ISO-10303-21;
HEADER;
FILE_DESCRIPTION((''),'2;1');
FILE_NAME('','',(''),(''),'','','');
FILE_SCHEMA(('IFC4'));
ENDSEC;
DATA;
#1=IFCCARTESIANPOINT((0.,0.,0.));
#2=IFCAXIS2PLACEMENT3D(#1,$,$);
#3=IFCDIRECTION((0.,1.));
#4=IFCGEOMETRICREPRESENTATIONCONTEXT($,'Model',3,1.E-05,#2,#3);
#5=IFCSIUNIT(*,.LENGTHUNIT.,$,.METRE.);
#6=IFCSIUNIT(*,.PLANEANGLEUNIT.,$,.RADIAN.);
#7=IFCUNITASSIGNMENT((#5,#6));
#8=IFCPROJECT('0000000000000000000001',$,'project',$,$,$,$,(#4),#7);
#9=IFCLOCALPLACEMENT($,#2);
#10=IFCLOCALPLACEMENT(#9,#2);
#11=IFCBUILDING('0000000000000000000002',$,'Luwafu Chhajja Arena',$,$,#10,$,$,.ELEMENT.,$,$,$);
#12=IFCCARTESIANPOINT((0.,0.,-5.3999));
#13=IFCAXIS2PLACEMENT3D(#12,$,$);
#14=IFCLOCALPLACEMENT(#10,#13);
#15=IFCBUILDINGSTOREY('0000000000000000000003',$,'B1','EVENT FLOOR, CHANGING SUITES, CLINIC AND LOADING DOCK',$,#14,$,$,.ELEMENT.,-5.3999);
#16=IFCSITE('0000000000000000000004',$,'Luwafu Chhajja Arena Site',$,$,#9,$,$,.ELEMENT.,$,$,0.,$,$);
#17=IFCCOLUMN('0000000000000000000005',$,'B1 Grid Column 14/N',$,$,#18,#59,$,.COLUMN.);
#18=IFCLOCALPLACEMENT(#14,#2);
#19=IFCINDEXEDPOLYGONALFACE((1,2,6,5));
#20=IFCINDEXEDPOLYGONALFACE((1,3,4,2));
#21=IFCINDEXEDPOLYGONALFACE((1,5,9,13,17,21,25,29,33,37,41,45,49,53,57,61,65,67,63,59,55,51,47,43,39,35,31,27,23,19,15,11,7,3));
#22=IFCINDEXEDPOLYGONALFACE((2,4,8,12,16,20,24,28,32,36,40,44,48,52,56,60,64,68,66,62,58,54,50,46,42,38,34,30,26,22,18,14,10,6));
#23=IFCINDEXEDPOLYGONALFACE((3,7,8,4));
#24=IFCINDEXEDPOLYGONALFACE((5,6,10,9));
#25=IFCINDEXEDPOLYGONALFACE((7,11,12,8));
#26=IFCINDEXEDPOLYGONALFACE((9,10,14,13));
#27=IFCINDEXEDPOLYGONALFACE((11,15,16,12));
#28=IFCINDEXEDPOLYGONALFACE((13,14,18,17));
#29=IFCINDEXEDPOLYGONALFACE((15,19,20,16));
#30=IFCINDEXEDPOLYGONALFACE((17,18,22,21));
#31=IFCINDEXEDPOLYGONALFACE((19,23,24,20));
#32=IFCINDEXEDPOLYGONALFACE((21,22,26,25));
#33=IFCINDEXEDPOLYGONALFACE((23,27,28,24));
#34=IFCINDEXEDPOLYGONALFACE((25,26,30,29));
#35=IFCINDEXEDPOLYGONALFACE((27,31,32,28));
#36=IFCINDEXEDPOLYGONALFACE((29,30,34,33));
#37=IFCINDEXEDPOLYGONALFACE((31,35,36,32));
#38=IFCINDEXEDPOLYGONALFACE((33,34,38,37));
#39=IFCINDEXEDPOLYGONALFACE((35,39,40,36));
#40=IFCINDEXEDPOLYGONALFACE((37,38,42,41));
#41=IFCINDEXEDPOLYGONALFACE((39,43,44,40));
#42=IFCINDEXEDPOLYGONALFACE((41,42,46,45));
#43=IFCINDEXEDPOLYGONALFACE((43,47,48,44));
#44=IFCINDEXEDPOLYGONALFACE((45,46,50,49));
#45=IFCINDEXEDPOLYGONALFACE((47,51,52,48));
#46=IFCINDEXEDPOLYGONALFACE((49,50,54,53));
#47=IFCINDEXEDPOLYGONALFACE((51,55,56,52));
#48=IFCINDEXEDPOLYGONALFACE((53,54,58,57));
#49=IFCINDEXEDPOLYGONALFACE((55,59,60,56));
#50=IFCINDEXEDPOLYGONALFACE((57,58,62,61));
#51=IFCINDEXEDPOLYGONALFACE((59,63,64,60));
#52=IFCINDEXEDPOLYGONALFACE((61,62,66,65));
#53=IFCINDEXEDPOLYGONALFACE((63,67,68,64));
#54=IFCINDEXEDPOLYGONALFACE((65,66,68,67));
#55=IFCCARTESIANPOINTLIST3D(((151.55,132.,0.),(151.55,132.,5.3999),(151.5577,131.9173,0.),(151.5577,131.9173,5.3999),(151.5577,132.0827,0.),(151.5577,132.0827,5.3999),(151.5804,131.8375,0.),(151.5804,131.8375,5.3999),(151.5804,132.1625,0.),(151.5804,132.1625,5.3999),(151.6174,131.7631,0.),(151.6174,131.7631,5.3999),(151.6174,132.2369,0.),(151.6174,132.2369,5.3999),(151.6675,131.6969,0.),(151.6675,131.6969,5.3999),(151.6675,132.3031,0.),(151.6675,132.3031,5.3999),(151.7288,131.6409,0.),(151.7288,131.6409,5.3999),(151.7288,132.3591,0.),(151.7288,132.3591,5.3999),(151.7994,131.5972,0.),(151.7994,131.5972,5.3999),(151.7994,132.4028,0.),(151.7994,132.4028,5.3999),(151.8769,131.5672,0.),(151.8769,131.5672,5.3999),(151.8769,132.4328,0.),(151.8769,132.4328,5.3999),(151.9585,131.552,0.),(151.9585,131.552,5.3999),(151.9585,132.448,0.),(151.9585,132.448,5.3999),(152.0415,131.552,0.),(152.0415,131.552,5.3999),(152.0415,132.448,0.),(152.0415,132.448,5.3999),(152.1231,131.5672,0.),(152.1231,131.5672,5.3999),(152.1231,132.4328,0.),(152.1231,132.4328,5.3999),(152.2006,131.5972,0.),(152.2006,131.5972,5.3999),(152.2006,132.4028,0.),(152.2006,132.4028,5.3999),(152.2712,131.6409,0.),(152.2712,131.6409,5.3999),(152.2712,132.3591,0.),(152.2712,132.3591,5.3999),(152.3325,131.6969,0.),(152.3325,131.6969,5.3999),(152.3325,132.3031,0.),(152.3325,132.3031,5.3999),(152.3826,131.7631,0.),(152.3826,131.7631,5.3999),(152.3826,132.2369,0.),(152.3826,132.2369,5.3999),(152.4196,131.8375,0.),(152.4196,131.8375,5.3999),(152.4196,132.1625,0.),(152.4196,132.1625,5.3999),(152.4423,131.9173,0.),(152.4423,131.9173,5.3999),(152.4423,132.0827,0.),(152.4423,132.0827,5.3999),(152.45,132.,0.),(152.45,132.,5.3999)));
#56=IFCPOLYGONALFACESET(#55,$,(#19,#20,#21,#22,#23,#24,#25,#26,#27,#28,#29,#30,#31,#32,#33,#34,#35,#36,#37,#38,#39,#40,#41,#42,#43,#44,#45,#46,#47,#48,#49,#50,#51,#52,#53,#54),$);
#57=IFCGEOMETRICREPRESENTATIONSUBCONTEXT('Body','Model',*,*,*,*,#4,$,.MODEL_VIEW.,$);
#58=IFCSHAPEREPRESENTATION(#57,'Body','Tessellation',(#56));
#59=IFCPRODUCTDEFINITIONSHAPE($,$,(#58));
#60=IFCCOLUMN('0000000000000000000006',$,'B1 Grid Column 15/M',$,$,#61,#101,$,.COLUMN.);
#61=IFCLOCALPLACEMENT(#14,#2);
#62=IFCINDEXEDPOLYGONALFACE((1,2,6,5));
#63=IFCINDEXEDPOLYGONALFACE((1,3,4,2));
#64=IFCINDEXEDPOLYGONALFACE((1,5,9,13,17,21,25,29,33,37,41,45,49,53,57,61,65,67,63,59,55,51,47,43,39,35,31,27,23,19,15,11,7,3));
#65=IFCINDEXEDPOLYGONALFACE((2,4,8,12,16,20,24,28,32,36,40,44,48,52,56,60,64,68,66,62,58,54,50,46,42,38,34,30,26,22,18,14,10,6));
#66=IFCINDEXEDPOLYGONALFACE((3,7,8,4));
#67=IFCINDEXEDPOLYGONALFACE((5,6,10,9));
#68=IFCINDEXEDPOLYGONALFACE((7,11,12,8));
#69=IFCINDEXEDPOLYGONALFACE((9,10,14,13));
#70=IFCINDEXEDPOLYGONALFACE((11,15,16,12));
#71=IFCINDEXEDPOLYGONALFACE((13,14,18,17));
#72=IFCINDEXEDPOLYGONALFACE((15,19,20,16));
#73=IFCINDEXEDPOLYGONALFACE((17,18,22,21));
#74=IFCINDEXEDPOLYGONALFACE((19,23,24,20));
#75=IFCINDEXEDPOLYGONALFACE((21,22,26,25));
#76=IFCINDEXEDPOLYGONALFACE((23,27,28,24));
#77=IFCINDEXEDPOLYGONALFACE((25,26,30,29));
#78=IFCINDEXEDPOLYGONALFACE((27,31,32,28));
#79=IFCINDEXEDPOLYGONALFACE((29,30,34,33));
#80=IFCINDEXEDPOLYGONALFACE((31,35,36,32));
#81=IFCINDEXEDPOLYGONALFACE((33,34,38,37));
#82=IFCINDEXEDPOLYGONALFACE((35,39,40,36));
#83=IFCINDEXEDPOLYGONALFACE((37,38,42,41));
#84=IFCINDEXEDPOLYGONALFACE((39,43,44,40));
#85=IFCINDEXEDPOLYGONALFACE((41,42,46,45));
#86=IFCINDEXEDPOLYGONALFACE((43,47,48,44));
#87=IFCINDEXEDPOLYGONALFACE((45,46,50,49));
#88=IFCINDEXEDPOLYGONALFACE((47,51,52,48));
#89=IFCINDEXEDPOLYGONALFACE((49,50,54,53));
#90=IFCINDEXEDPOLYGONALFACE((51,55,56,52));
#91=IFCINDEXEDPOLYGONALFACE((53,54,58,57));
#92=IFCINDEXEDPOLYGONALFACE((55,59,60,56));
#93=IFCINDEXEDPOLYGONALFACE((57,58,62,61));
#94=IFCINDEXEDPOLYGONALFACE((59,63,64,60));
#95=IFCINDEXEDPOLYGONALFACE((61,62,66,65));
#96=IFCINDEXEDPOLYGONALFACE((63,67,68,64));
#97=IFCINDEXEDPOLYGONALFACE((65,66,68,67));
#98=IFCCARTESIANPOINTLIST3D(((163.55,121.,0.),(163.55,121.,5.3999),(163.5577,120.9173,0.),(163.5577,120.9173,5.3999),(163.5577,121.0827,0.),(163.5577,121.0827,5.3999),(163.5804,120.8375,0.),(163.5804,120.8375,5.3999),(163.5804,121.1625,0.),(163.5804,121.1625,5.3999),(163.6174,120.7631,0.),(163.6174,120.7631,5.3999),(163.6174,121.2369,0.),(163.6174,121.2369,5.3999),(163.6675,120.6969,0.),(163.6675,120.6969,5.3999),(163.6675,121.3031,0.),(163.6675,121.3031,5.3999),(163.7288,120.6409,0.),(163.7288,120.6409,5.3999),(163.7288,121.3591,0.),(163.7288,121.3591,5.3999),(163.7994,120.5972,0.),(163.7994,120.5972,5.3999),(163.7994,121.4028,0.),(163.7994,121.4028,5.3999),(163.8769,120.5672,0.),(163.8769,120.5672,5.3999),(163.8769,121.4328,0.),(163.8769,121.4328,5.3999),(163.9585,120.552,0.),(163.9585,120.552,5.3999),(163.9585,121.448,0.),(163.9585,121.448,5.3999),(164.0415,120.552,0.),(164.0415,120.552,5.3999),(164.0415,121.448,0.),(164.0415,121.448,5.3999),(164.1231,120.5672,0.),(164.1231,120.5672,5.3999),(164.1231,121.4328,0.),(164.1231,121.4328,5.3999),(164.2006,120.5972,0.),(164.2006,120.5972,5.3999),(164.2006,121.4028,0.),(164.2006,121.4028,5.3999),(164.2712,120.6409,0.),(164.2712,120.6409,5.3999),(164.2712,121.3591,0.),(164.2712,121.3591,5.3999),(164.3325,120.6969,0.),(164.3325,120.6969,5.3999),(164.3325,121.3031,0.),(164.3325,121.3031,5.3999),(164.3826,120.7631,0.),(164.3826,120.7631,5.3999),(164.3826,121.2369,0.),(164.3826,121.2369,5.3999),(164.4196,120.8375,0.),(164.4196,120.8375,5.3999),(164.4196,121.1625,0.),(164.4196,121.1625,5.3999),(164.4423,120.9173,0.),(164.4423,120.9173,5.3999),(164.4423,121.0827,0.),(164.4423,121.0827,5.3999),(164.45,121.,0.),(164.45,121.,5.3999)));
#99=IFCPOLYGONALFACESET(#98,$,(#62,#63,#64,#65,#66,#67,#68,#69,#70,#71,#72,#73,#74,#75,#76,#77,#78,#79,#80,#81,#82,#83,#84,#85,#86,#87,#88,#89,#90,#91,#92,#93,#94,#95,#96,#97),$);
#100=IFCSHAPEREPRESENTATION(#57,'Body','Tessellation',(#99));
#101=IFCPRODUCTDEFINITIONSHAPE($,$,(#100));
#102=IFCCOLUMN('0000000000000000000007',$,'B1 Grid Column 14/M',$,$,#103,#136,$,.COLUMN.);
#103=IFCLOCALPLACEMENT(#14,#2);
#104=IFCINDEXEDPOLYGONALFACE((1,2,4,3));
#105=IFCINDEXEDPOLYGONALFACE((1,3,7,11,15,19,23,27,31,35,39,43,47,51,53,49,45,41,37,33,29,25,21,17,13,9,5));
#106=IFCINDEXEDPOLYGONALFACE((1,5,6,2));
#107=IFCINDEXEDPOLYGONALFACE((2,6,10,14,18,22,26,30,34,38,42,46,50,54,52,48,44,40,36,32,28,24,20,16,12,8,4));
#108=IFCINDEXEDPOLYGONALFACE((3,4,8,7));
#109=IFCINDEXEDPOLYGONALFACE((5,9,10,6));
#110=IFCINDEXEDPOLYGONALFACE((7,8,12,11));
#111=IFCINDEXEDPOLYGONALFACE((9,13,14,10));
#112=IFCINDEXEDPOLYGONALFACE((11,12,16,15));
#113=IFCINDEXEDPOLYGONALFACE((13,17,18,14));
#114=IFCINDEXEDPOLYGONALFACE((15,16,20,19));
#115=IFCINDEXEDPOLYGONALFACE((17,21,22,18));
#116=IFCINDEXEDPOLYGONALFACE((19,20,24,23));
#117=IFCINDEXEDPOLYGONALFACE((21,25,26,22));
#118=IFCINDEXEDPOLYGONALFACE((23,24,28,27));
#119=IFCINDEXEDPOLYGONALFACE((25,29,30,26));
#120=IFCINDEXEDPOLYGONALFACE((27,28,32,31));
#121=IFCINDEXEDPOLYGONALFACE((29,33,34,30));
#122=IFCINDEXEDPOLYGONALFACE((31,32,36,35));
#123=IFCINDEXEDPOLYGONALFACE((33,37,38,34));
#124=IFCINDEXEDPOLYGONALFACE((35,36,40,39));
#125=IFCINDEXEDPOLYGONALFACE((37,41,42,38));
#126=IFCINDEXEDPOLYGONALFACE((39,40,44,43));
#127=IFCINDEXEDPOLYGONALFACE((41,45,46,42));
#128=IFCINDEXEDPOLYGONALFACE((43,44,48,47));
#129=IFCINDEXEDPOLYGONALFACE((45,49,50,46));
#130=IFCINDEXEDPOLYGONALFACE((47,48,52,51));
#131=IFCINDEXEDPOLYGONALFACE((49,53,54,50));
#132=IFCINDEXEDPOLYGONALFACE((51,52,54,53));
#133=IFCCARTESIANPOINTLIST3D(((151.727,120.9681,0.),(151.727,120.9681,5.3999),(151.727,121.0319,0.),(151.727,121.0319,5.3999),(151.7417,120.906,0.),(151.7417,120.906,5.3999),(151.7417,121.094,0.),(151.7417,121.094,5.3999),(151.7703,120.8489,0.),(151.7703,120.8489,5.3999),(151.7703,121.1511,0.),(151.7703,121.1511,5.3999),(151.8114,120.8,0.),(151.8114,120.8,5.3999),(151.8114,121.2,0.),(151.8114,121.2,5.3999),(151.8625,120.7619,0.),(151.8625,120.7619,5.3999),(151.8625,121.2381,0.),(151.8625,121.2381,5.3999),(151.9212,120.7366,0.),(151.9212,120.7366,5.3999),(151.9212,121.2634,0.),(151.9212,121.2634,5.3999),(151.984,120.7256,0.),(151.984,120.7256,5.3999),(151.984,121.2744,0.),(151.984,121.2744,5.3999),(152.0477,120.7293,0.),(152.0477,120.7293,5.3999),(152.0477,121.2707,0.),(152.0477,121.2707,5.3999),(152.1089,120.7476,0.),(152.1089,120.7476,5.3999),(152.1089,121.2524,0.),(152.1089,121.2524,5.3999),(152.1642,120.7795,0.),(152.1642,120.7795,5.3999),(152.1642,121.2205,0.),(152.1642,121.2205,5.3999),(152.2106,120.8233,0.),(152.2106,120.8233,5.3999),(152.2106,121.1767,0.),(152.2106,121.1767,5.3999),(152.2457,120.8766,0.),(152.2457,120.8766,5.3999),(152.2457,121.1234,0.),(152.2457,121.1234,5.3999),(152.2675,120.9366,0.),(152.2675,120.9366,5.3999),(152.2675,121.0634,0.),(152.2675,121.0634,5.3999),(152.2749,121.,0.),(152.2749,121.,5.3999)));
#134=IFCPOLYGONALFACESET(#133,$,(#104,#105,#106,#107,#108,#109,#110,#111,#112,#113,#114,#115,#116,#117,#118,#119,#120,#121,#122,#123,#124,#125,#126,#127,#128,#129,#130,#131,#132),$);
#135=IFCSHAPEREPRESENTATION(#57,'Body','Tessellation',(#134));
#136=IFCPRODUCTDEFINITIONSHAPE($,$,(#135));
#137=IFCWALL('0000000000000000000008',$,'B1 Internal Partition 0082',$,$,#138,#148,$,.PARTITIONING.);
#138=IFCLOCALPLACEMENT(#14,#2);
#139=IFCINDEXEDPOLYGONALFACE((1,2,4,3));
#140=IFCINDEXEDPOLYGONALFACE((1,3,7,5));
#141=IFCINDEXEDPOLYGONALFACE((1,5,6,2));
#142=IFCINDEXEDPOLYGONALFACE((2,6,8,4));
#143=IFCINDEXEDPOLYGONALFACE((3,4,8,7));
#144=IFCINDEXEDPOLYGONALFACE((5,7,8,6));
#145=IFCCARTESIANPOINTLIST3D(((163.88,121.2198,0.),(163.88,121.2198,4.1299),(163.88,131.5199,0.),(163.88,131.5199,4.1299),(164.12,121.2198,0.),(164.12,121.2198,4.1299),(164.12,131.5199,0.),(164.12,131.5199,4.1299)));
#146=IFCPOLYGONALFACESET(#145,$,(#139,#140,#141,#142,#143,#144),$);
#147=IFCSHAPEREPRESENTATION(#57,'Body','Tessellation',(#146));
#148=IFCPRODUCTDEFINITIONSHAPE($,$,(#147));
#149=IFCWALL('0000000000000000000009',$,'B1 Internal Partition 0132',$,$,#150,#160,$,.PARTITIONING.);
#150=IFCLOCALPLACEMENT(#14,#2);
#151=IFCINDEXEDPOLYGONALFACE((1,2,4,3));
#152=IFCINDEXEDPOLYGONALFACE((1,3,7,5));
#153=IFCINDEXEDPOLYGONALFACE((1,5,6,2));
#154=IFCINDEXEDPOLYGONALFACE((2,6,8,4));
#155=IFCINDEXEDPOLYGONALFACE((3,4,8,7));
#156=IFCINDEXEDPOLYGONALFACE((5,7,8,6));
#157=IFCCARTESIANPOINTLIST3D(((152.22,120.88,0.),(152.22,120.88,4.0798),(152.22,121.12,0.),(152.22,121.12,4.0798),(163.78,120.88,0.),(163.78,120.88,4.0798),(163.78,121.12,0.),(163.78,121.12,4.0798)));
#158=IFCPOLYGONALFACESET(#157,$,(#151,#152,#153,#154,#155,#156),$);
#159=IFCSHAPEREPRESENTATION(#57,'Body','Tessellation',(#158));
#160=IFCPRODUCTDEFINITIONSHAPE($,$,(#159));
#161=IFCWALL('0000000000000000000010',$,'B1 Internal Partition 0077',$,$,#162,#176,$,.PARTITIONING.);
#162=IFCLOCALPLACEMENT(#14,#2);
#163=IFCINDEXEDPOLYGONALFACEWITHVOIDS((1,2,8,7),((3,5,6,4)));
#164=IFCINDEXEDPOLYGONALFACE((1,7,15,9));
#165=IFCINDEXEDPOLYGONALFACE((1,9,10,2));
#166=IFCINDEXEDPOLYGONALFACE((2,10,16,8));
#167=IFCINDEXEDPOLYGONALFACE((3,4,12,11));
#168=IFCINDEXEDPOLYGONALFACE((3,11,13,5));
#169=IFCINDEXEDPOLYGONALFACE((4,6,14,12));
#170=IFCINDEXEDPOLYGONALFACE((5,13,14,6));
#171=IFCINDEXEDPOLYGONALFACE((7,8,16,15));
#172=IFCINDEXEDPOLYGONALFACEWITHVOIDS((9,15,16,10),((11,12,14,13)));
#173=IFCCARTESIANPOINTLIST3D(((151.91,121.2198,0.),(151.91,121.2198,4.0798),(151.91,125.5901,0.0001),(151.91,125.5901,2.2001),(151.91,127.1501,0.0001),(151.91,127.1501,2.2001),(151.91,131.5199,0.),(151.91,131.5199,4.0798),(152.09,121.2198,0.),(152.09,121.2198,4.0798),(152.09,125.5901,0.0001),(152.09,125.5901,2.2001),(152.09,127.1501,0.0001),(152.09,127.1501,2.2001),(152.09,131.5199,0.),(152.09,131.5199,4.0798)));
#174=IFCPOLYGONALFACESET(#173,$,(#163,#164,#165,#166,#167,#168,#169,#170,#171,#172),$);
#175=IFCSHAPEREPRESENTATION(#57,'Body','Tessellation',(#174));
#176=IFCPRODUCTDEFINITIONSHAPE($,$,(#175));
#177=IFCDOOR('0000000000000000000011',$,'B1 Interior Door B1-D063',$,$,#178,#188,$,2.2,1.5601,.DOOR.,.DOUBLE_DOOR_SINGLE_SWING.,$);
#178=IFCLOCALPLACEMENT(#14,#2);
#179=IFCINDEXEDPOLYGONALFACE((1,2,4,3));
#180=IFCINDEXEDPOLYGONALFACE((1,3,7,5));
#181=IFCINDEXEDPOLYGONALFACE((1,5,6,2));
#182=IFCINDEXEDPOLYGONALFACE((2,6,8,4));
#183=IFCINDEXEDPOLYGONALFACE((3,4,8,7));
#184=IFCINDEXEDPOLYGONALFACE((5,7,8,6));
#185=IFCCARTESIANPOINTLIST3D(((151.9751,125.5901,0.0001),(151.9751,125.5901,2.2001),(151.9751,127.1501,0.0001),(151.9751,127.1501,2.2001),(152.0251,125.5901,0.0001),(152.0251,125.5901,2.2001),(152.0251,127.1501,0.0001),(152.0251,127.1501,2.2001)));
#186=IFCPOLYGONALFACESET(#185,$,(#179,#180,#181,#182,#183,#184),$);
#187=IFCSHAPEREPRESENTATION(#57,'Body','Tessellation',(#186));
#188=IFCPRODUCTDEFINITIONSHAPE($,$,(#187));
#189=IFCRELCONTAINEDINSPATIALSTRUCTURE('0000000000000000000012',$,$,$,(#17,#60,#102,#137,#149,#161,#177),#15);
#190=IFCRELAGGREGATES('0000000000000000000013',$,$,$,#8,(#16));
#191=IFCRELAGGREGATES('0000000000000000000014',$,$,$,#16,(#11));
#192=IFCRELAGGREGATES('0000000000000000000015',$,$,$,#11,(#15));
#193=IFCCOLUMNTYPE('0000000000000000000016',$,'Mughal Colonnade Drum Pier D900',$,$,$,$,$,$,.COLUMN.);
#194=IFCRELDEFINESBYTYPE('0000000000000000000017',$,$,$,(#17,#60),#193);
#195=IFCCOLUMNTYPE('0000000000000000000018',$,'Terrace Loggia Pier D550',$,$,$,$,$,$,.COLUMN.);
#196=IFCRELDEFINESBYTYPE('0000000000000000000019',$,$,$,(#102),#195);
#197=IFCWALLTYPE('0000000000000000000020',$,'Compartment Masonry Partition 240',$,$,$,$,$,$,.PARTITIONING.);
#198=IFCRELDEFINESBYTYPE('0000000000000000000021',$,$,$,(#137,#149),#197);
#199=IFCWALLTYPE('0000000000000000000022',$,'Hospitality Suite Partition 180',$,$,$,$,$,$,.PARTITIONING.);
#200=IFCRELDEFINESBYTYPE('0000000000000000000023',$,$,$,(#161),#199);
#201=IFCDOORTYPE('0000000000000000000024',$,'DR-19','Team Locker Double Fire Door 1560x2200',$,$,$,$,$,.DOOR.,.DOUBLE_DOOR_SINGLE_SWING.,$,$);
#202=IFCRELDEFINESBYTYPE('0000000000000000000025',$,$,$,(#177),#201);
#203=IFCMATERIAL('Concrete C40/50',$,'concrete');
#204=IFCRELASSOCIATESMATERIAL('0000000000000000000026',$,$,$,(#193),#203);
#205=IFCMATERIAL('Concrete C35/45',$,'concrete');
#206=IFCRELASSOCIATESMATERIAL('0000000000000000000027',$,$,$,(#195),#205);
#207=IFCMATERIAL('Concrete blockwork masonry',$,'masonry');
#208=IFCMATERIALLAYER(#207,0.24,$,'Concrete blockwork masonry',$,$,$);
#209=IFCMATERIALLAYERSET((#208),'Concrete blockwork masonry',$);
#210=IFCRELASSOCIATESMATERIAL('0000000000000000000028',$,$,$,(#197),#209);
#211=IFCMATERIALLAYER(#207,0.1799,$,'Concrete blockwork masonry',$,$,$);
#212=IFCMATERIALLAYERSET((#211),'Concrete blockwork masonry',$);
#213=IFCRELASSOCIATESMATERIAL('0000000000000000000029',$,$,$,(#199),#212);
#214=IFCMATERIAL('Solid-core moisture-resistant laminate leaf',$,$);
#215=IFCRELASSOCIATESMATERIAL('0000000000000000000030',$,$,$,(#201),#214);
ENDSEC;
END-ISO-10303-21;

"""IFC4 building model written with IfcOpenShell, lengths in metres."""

from ifc_helpers import new_model, si_unit, direction, frame, frame_2d, origin, origin_2d, place, context, subcontext, project, spatial, rectangle, circle, extrude, material, layer, layer_set, material_profile, profile_set, type_object, element, fill, save


model = new_model("IFC4")

# Units and contexts
model_context = context("Model", 3, precision=1e-05, world=origin(), true_north=direction((0.0, 1.0)))
body_context = subcontext(model_context, "Body", "Model", "MODEL_VIEW")
ifc_project = project(units=[si_unit("LENGTHUNIT", "METRE"), si_unit("PLANEANGLEUNIT", "RADIAN")], contexts=[model_context])

# Site, building, storey
site_placement = place(None, origin())
site = spatial("IfcSite", under=ifc_project, at=site_placement, Name="Luwafu Chhajja Arena Site", CompositionType="ELEMENT", RefElevation=0.0)
building_placement = place(site_placement, origin())
building = spatial("IfcBuilding", under=site, at=building_placement, Name="Luwafu Chhajja Arena", CompositionType="ELEMENT")
storey_placement = place(building_placement, frame((0.0, 0.0, -5.3999)))
storey = spatial("IfcBuildingStorey", under=building, at=storey_placement, Name="B1", Description="EVENT FLOOR, CHANGING SUITES, CLINIC AND LOADING DOCK", CompositionType="ELEMENT", Elevation=-5.3999)

# Shared definitions
ifc_material_1 = material(Name="Concrete C35/45", Category="concrete")

# Columns
ifc_material_2 = material(Name="Concrete C40/50", Category="concrete")
ifc_material_profile_1 = material_profile(ifc_material_2, circle(Radius=0.45, at=origin_2d()), Name="RC COL D900")
ifc_profile_set_1 = profile_set([ifc_material_profile_1], Name="Concrete C40/50")
column_type_1 = type_object("IfcColumnType", Name="Mughal Colonnade Drum Pier D900", PredefinedType="COLUMN", material=ifc_profile_set_1)
for number, where, z_axis, x_axis, name in (
    (1, (152.0, 132.0, 0.0), (0.0, 0.0, 1.0), (1.0, 0.0, 0.0), "B1 Grid Column 14/N"),
    (2, (164.0, 121.0, 0.0), (0.0, 0.0, 1.0), (1.0, 0.0, 0.0), "B1 Grid Column 15/M"),
):
    element("IfcColumn", number, at=place(storey_placement, frame(where, z_axis=z_axis, x_axis=x_axis)), inside=storey, type_object=column_type_1, Name=name, PredefinedType="COLUMN", context=body_context, shape_type="SweptSolid", body=[
        extrude(circle(Radius=0.45, at=origin_2d()), origin(), (0.0, 0.0, 1.0), 5.3999),
    ])
ifc_material_profile_2 = material_profile(ifc_material_1, circle(Radius=0.2749, at=origin_2d()), Name="RC COL D550")
ifc_profile_set_2 = profile_set([ifc_material_profile_2], Name="Concrete C35/45")
column_type_2 = type_object("IfcColumnType", Name="Terrace Loggia Pier D550", PredefinedType="COLUMN", material=ifc_profile_set_2)
column_1_placement = place(storey_placement, frame((152.0, 121.0, 0.0), z_axis=(0.0, 0.0, 1.0), x_axis=(1.0, 0.0, 0.0)))
element("IfcColumn", 3, at=column_1_placement, inside=storey, type_object=column_type_2, Name="B1 Grid Column 14/M", PredefinedType="COLUMN", context=body_context, shape_type="SweptSolid", body=[
    extrude(circle(Radius=0.2749, at=origin_2d()), origin(), (0.0, 0.0, 1.0), 5.3999),
])

# Walls
ifc_material_3 = material(Name="Concrete blockwork masonry", Category="masonry")
ifc_layer_1 = layer(ifc_material_3, 0.24, Name="Concrete blockwork masonry")
ifc_layer_set_1 = layer_set([ifc_layer_1], Name="Concrete blockwork masonry")
wall_type_1 = type_object("IfcWallType", Name="Compartment Masonry Partition 240", PredefinedType="PARTITIONING", material=ifc_layer_set_1)
wall_1_placement = place(storey_placement, frame((164.0, 121.22, 0.0), z_axis=(0.0, 0.0, 1.0), x_axis=(0.0, 1.0, 0.0)))
element("IfcWall", 4, at=wall_1_placement, inside=storey, type_object=wall_type_1, Name="B1 Internal Partition 0082", PredefinedType="PARTITIONING", context=body_context, shape_type="SweptSolid", body=[
    extrude(rectangle(XDim=10.3, YDim=0.24, at=frame_2d((5.1499, 0.0))), origin(), (0.0, 0.0, 1.0), 4.1299),
])
wall_2_placement = place(storey_placement, frame((152.22, 121.0, 0.0), z_axis=(0.0, 0.0, 1.0), x_axis=(1.0, 0.0, 0.0)))
element("IfcWall", 5, at=wall_2_placement, inside=storey, type_object=wall_type_1, Name="B1 Internal Partition 0132", PredefinedType="PARTITIONING", context=body_context, shape_type="SweptSolid", body=[
    extrude(rectangle(XDim=11.5601, YDim=0.24, at=frame_2d((5.78, 0.0))), origin(), (0.0, 0.0, 1.0), 4.0798),
])

# Wall, opening, door
ifc_layer_2 = layer(ifc_material_3, 0.1799, Name="Concrete blockwork masonry")
ifc_layer_set_2 = layer_set([ifc_layer_2], Name="Concrete blockwork masonry")
wall_type_2 = type_object("IfcWallType", Name="Hospitality Suite Partition 180", PredefinedType="PARTITIONING", material=ifc_layer_set_2)
wall_3_placement = place(storey_placement, frame((152.0, 121.22, 0.0), z_axis=(0.0, 0.0, 1.0), x_axis=(0.0, 1.0, 0.0)))
wall_3 = element("IfcWall", 6, at=wall_3_placement, inside=storey, type_object=wall_type_2, Name="B1 Internal Partition 0077", PredefinedType="PARTITIONING", context=body_context, shape_type="SweptSolid", body=[
    extrude(rectangle(XDim=10.3, YDim=0.1799, at=frame_2d((5.1499, 0.0))), origin(), (0.0, 0.0, 1.0), 4.0798),
])
opening_placement = place(wall_3_placement, frame((4.3701, 0.0, 0.0)))
opening = element("IfcOpeningElement", 7, at=opening_placement, cuts=wall_3, PredefinedType="OPENING", context=body_context, shape_type="SweptSolid", body=[
    extrude(rectangle(XDim=1.5601, YDim=2.2, at=frame_2d((0.78, 1.1001))), frame((0.0, 0.0999, 0.0), z_axis=(0.0, -1.0, 0.0), x_axis=(1.0, 0.0, 0.0)), (0.0, 0.0, 1.0), 0.2),
])
ifc_material_4 = material(Name="Solid-core moisture-resistant laminate leaf")
door_type = type_object("IfcDoorType", Name="DR-19", Description="Team Locker Double Fire Door 1560x2200", OperationType="DOUBLE_DOOR_SINGLE_SWING", PredefinedType="DOOR", material=ifc_material_4)
door_placement = place(opening_placement, origin())
door = element("IfcDoor", 8, at=door_placement, inside=storey, type_object=door_type, Name="B1 Interior Door B1-D063", OperationType="DOUBLE_DOOR_SINGLE_SWING", OverallHeight=2.2, OverallWidth=1.5601, PredefinedType="DOOR", context=body_context, shape_type="SweptSolid", body=[
    extrude(rectangle(XDim=1.5601, YDim=2.2, at=frame_2d((0.78, 1.1001))), frame((0.0, 0.0249, 0.0), z_axis=(0.0, -1.0, 0.0), x_axis=(1.0, 0.0, 0.0)), (0.0, 0.0, 1.0), 0.05),
])
fill(opening, door)

save(model, "model.ifc")
